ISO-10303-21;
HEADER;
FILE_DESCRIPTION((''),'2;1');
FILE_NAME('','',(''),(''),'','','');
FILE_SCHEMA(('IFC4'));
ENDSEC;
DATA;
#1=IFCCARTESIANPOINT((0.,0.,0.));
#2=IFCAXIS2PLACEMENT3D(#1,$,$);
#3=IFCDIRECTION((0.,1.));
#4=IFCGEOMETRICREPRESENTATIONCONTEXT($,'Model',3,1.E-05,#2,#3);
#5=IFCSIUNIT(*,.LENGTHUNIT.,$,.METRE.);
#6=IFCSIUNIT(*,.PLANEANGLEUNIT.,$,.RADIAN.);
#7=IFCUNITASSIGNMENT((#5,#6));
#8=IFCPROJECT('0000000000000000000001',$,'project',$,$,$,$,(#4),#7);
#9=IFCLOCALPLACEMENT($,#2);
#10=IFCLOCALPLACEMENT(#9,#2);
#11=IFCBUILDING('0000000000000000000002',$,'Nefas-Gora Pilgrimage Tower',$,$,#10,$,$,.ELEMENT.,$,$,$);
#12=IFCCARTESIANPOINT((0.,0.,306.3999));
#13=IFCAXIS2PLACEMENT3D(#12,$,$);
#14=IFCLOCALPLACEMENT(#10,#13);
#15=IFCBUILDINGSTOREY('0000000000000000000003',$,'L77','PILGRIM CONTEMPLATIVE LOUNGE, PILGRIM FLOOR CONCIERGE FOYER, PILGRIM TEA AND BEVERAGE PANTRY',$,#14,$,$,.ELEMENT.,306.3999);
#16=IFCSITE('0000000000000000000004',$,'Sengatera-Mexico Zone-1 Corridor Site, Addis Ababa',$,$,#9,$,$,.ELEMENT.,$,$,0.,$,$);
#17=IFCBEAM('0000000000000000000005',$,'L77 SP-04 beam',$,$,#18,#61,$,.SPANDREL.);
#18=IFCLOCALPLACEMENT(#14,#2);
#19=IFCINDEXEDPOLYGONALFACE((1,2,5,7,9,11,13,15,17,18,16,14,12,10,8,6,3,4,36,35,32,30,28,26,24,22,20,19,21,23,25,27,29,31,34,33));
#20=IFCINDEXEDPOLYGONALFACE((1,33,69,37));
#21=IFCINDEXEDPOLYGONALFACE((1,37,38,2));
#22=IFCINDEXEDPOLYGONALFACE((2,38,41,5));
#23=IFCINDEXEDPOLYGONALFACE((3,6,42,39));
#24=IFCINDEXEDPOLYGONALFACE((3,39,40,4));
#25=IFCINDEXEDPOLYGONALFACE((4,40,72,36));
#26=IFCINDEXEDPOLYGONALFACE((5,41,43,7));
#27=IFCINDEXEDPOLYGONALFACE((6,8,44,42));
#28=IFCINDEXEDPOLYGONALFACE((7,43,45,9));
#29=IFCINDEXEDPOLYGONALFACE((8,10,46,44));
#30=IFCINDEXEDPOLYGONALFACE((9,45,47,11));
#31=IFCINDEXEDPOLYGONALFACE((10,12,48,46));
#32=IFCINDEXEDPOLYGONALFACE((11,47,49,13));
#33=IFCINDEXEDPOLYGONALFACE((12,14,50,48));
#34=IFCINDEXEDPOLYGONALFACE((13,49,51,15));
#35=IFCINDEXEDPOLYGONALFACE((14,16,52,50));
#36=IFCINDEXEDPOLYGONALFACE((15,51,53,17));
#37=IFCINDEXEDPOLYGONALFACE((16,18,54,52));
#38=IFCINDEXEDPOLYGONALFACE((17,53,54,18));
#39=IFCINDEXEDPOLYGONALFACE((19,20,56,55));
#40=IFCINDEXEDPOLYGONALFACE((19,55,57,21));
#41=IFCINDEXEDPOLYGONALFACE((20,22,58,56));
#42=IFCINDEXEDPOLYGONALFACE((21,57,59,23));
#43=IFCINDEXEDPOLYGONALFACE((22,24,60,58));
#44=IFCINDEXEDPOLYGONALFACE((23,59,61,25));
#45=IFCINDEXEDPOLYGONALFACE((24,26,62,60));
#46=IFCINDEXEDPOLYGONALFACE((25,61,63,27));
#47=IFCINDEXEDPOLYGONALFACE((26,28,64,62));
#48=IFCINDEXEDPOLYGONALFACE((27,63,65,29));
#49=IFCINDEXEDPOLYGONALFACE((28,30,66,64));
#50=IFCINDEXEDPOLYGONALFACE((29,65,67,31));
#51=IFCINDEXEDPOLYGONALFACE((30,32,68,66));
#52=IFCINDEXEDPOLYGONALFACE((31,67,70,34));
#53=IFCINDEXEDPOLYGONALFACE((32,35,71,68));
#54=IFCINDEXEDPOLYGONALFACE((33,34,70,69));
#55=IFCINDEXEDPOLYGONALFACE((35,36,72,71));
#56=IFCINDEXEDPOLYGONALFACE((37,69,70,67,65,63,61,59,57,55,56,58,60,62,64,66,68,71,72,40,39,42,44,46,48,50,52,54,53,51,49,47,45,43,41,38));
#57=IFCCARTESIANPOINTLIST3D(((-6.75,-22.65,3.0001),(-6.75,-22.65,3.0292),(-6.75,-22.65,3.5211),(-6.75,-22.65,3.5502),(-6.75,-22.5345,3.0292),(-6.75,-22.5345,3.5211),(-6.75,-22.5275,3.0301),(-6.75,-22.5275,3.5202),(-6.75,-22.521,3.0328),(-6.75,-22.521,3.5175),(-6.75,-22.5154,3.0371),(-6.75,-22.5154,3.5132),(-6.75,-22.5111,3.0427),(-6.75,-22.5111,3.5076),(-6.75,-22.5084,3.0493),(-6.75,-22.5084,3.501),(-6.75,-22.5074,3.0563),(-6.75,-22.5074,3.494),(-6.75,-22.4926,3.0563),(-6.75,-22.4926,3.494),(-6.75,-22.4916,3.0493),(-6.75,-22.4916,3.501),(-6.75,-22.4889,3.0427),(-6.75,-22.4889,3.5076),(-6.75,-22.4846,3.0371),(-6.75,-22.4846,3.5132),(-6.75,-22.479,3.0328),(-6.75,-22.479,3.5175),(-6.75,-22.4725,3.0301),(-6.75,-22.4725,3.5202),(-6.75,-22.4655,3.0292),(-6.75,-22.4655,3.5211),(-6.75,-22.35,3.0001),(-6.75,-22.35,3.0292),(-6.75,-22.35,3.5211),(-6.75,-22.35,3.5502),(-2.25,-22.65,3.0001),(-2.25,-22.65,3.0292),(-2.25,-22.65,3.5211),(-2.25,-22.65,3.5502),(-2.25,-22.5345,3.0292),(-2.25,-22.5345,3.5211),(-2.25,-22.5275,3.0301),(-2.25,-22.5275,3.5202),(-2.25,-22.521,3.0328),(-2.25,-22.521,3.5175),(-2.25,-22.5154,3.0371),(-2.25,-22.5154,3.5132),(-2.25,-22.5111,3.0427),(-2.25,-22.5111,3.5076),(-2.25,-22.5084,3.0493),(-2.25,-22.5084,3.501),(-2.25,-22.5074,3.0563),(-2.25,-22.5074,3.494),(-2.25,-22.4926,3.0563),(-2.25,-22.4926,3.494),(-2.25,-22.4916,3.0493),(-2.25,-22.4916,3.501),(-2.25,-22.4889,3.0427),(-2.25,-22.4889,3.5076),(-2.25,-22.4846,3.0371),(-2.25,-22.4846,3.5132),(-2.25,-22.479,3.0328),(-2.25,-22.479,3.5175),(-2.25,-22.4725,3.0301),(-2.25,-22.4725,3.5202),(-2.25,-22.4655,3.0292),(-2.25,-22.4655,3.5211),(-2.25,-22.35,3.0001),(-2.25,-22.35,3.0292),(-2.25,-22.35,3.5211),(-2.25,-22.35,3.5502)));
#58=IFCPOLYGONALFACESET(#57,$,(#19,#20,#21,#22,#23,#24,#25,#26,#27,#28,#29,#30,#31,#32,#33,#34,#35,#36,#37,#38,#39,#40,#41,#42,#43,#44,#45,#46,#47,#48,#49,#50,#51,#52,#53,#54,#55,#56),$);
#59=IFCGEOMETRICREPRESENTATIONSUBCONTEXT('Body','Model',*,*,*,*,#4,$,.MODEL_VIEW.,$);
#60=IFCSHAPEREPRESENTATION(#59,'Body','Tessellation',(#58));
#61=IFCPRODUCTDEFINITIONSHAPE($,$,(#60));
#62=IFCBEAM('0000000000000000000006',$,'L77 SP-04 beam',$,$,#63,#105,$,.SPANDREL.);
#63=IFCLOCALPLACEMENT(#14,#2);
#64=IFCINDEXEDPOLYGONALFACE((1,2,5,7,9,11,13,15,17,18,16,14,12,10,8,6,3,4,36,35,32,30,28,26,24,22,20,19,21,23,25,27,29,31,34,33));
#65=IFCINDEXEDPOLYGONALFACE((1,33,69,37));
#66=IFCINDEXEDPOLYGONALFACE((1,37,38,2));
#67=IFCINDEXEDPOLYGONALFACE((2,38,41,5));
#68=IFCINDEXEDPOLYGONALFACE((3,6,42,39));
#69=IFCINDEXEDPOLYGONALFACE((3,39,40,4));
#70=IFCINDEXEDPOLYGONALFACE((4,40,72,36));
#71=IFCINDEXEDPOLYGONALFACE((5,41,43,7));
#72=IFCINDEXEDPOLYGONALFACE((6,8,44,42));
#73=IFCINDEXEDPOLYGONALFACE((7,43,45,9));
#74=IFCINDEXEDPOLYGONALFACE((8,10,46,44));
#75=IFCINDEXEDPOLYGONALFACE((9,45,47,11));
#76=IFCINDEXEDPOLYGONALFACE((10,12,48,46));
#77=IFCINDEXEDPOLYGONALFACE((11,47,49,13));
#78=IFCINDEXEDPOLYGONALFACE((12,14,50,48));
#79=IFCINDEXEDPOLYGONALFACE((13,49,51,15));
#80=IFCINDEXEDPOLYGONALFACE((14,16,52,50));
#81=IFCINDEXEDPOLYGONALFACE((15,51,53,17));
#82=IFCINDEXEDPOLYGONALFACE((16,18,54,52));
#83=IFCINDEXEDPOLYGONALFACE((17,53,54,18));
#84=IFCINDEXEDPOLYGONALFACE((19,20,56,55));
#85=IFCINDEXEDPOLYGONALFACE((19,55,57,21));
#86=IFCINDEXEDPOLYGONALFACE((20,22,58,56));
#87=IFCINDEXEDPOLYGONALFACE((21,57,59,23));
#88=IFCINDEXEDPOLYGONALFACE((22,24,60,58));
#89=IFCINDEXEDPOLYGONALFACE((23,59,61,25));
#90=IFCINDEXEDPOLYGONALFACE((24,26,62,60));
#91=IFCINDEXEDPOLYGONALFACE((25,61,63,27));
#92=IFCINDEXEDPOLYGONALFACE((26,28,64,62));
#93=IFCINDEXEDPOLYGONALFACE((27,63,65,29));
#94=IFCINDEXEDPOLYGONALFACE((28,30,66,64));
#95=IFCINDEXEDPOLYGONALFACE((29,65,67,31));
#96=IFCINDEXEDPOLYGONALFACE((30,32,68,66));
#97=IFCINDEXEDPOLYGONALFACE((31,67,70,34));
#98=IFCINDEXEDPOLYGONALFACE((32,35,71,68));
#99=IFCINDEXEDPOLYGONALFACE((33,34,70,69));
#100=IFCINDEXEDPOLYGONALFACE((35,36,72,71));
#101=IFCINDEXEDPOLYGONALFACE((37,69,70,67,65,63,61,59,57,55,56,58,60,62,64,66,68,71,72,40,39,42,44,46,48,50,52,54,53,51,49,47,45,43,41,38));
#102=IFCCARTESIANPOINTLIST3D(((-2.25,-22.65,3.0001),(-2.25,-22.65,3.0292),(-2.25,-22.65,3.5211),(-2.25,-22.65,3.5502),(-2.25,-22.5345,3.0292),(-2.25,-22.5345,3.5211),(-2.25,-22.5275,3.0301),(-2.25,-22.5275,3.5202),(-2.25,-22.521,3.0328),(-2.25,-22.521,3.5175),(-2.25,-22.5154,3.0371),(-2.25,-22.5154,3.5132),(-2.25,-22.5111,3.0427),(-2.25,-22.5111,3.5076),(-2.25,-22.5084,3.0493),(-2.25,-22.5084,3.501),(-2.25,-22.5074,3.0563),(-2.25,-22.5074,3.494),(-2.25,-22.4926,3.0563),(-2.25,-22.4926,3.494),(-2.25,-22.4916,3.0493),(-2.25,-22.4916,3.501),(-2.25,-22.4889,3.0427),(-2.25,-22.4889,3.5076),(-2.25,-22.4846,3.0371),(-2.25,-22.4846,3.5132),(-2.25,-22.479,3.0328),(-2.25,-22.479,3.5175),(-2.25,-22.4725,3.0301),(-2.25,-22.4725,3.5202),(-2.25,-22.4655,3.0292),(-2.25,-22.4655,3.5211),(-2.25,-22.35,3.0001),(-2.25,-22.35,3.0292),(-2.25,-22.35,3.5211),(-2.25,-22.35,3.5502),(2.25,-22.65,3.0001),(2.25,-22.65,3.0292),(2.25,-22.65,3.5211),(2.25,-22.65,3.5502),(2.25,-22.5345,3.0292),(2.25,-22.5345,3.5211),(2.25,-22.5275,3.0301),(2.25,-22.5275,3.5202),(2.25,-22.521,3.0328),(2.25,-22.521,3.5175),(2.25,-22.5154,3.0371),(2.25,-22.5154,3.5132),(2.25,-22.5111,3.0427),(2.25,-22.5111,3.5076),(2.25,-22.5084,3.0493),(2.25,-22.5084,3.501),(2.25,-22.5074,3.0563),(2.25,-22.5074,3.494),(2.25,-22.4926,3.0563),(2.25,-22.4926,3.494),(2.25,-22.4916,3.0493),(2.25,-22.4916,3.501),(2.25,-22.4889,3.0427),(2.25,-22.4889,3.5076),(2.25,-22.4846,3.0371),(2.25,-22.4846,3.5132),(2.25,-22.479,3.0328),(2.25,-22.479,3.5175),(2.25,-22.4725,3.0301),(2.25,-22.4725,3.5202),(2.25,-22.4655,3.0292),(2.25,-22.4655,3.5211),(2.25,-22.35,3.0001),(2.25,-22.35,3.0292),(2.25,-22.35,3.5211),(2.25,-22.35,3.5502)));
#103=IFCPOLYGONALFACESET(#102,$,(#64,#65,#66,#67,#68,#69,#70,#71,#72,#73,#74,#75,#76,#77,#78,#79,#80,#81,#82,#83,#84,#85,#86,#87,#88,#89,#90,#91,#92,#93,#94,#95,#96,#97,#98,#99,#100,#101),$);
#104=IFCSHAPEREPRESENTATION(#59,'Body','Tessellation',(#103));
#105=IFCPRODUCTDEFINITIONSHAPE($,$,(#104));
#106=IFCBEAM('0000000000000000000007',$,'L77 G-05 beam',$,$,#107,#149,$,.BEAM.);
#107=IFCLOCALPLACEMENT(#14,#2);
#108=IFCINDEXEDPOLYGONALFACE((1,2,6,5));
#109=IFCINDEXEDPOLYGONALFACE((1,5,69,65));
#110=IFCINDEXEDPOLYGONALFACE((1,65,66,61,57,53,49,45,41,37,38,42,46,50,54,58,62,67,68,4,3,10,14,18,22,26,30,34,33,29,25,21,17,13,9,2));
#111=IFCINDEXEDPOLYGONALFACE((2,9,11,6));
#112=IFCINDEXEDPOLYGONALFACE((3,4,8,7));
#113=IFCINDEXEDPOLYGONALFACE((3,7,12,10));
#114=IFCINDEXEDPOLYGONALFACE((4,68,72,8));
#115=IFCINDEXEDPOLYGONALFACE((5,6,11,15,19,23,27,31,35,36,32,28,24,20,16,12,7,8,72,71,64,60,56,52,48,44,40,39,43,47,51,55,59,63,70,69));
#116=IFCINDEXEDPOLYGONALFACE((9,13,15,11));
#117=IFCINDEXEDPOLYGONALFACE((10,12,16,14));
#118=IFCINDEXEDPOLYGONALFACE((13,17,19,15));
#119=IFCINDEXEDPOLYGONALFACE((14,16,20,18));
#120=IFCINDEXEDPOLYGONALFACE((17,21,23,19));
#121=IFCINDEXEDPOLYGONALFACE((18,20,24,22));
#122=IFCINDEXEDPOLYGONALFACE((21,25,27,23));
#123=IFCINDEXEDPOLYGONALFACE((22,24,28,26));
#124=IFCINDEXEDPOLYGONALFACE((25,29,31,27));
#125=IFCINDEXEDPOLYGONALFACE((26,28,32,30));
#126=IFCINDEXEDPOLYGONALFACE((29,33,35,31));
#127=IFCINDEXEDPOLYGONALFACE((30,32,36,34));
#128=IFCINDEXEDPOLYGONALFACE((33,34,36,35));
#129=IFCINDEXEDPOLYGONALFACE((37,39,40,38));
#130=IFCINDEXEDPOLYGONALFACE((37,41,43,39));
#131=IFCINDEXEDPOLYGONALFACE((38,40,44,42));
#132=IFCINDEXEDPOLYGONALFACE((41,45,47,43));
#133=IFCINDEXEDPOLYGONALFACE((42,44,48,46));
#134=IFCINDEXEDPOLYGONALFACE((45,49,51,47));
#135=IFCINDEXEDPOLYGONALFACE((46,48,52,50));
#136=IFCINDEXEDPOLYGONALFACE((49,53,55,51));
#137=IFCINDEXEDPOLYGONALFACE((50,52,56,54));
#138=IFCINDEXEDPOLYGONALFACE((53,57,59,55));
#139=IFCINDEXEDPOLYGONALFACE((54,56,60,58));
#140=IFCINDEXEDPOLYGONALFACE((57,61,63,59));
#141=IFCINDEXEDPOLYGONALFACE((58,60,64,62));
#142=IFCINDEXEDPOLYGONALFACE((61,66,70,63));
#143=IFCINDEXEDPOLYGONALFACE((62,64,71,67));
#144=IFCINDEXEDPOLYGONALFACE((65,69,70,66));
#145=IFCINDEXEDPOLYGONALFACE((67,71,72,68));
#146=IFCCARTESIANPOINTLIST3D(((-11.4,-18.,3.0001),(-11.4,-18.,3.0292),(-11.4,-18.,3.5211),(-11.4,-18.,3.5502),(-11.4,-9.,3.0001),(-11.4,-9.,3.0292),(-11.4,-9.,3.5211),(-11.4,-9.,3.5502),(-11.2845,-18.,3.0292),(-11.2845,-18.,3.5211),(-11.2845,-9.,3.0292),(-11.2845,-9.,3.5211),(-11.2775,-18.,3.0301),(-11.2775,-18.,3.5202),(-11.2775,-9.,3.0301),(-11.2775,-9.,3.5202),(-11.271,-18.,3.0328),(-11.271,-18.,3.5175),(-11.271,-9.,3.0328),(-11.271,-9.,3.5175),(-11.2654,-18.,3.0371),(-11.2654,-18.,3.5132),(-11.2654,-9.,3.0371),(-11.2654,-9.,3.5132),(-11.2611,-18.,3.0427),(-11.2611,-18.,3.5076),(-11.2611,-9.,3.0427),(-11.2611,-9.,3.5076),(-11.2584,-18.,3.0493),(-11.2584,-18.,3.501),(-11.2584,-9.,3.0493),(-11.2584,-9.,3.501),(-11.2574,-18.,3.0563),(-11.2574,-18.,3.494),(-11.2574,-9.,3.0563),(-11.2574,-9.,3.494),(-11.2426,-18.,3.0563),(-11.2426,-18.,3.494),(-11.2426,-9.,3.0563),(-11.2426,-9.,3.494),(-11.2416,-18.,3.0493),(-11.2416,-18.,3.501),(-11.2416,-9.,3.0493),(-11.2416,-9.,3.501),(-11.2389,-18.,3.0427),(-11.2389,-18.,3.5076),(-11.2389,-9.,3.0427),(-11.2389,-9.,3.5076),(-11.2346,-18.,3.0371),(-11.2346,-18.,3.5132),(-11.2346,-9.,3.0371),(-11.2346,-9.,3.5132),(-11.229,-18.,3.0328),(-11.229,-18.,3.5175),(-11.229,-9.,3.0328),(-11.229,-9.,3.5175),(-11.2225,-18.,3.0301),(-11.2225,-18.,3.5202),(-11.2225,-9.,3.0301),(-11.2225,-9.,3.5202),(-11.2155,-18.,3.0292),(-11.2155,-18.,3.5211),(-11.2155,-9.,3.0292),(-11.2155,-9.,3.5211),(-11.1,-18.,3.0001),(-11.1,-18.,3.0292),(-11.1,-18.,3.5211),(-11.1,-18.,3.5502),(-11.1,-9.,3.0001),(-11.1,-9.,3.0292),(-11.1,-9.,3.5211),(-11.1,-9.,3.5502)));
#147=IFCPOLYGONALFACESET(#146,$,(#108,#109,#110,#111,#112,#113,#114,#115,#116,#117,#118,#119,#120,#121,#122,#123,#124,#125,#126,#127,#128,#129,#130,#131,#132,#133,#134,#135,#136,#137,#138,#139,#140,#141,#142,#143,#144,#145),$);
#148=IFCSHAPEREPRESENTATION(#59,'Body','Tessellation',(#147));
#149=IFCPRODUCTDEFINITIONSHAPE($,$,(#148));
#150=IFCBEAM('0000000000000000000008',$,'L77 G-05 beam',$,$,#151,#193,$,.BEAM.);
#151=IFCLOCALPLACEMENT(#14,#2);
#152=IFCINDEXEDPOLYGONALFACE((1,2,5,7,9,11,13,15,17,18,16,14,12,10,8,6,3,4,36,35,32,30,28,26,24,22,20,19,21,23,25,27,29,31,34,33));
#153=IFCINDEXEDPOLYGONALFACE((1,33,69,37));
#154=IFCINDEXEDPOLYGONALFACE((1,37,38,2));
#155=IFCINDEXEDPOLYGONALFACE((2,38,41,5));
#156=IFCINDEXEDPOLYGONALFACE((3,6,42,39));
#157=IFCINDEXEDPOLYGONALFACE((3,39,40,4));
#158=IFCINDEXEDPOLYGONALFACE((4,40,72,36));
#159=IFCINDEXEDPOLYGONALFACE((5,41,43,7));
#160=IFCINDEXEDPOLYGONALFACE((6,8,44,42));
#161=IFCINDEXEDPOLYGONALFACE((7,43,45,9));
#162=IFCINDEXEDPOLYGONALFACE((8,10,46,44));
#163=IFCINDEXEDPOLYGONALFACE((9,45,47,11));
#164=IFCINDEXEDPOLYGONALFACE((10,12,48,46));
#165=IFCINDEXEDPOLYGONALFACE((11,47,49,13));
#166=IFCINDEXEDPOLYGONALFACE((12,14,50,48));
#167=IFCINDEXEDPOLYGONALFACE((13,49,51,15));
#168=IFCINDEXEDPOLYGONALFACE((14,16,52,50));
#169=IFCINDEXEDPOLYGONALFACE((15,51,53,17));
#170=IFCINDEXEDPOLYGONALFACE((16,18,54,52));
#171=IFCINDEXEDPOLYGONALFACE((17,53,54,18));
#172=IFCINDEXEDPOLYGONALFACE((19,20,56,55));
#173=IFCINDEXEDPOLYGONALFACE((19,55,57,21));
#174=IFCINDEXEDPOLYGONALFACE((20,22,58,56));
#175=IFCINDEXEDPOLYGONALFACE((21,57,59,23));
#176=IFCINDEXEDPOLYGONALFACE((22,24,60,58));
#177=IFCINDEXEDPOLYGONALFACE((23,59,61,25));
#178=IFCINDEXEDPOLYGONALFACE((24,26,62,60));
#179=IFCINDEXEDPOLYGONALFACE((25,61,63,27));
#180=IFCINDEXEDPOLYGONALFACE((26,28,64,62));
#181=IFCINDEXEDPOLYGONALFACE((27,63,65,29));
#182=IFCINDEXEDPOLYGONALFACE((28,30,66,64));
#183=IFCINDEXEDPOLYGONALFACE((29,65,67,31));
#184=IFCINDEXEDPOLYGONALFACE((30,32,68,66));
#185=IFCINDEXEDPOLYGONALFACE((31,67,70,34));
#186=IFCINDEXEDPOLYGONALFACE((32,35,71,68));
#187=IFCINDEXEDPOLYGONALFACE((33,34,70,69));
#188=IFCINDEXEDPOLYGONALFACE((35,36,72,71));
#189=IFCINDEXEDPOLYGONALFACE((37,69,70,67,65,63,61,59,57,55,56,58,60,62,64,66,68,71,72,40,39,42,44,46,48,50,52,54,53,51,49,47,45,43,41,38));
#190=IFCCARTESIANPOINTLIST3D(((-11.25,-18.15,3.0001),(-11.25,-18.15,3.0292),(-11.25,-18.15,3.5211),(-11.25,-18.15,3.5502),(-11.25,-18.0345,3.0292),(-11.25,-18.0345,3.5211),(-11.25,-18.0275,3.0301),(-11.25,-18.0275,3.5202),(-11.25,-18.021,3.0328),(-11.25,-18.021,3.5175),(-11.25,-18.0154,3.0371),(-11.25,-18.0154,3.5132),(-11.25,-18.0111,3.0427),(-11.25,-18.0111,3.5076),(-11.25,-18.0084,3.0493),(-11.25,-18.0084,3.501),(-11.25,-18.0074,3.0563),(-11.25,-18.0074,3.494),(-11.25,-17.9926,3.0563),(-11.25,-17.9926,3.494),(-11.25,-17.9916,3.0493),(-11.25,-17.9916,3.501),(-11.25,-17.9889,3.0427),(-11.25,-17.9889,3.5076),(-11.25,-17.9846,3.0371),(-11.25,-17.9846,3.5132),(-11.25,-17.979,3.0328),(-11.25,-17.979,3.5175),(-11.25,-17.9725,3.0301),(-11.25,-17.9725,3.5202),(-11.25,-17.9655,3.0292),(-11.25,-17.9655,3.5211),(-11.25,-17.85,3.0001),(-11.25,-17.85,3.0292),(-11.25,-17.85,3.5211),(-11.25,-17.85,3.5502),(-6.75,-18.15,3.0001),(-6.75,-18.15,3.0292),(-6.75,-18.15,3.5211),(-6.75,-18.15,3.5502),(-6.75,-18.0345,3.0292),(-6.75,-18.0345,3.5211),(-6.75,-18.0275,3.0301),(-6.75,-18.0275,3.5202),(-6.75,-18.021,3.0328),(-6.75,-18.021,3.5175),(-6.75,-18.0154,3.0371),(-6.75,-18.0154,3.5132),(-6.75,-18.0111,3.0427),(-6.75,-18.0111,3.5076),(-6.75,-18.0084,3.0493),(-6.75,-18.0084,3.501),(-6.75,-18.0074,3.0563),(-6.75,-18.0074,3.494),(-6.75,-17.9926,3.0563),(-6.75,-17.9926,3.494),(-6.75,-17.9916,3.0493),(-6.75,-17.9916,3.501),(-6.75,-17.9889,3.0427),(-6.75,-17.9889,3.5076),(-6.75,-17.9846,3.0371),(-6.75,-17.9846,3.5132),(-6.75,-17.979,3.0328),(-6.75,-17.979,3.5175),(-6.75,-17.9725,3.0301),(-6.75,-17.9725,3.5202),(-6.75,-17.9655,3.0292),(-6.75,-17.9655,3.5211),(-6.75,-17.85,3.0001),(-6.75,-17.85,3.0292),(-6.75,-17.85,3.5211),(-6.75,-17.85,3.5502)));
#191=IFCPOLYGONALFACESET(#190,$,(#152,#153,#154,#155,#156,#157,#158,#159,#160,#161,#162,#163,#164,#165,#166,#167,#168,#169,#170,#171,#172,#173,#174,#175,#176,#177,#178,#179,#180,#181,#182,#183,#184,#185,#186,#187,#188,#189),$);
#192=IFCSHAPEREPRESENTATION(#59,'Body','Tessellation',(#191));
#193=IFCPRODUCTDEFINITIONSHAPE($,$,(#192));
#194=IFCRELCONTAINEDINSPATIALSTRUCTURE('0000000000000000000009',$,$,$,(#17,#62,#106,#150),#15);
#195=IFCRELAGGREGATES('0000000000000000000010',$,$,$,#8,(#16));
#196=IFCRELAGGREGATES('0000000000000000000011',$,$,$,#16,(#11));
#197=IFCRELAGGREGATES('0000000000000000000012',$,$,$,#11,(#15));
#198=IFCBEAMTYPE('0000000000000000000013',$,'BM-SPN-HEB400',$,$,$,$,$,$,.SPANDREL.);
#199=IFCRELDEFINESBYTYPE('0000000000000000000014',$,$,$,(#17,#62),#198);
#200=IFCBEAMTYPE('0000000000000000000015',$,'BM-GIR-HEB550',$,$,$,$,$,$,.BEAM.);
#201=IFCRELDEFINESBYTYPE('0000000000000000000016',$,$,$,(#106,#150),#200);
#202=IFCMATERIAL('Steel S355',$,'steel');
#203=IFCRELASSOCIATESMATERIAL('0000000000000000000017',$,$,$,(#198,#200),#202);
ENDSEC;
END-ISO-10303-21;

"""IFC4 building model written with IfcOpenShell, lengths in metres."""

from ifc_helpers import new_model, si_unit, direction, frame, origin, origin_2d, place, context, subcontext, project, spatial, i_section, extrude, source, transform, mapped, material, material_profile, profile_set, type_object, element, save


model = new_model("IFC4")

# Units and contexts
model_context = context("Model", 3, precision=1e-05, world=origin(), true_north=direction((0.0, 1.0)))
body_context = subcontext(model_context, "Body", "Model", "MODEL_VIEW")
ifc_project = project(units=[si_unit("LENGTHUNIT", "METRE"), si_unit("PLANEANGLEUNIT", "RADIAN")], contexts=[model_context])

# Site, building, storey
site_placement = place(None, origin())
site = spatial("IfcSite", under=ifc_project, at=site_placement, Name="Sengatera-Mexico Zone-1 Corridor Site, Addis Ababa", CompositionType="ELEMENT", RefElevation=0.0)
building_placement = place(site_placement, origin())
building = spatial("IfcBuilding", under=site, at=building_placement, Name="Nefas-Gora Pilgrimage Tower", CompositionType="ELEMENT")
storey_placement = place(building_placement, frame((0.0, 0.0, 306.3999)))
storey = spatial("IfcBuildingStorey", under=building, at=storey_placement, Name="L77", Description="PILGRIM CONTEMPLATIVE LOUNGE, PILGRIM FLOOR CONCIERGE FOYER, PILGRIM TEA AND BEVERAGE PANTRY", CompositionType="ELEMENT", Elevation=306.3999)

# Shared definitions
ifc_material_1 = material(Name="Steel S355", Category="steel")

# Beams
ifc_material_profile_1 = material_profile(ifc_material_1, i_section(OverallWidth=0.3, OverallDepth=0.55, WebThickness=0.0149, FlangeThickness=0.0291, FilletRadius=0.0271, at=origin_2d()), Name="HEB 550")
ifc_profile_set_1 = profile_set([ifc_material_profile_1], Name="Steel S355")
beam_type_1 = type_object("IfcBeamType", Name="BM-SPN-HEB400", PredefinedType="SPANDREL", material=ifc_profile_set_1)
shared_shape_1 = source(origin(), body_context, "Body", "SweptSolid", [
    extrude(i_section(OverallWidth=0.3, OverallDepth=0.55, WebThickness=0.0149, FlangeThickness=0.0291, FilletRadius=0.0271, at=origin_2d()), origin(), (0.0, 0.0, 1.0), 4.5),
])
for number, where, z_axis, x_axis, name in (
    (1, (-6.75, -22.5, 3.2751), (1.0, 0.0, 0.0), (0.0, 1.0, 0.0), "L77 SP-04 beam"),
    (2, (-2.25, -22.5, 3.2751), (1.0, 0.0, 0.0), (0.0, 1.0, 0.0), "L77 SP-04 beam"),
):
    element("IfcBeam", number, at=place(storey_placement, frame(where, z_axis=z_axis, x_axis=x_axis)), inside=storey, type_object=beam_type_1, Name=name, PredefinedType="SPANDREL", context=body_context, shape_type="MappedRepresentation", body=[
        mapped(shared_shape_1, transform((0.0, 0.0, 0.0), x_axis=(1.0, 0.0, 0.0), y_axis=(0.0, 1.0, 0.0), z_axis=(0.0, 0.0, 1.0), scale=1.0)),
    ])
ifc_material_profile_2 = material_profile(ifc_material_1, i_section(OverallWidth=0.3, OverallDepth=0.55, WebThickness=0.0149, FlangeThickness=0.0291, FilletRadius=0.0271, at=origin_2d()), Name="HEB 550")
ifc_profile_set_2 = profile_set([ifc_material_profile_2], Name="Steel S355")
beam_type_2 = type_object("IfcBeamType", Name="BM-GIR-HEB550", PredefinedType="BEAM", material=ifc_profile_set_2)
shared_shape_2 = source(origin(), body_context, "Body", "SweptSolid", [
    extrude(i_section(OverallWidth=0.3, OverallDepth=0.55, WebThickness=0.0149, FlangeThickness=0.0291, FilletRadius=0.0271, at=origin_2d()), origin(), (0.0, 0.0, 1.0), 9.0),
])
beam_placement = place(storey_placement, frame((-11.25, -18.0, 3.2751), z_axis=(0.0, 1.0, 0.0), x_axis=(-1.0, 0.0, 0.0)))
element("IfcBeam", 3, at=beam_placement, inside=storey, type_object=beam_type_2, Name="L77 G-05 beam", PredefinedType="BEAM", context=body_context, shape_type="MappedRepresentation", body=[
    mapped(shared_shape_2, transform((0.0, 0.0, 0.0), x_axis=(1.0, 0.0, 0.0), y_axis=(0.0, 1.0, 0.0), z_axis=(0.0, 0.0, 1.0), scale=1.0)),
])
shared_shape_3 = source(origin(), body_context, "Body", "SweptSolid", [
    extrude(i_section(OverallWidth=0.3, OverallDepth=0.55, WebThickness=0.0149, FlangeThickness=0.0291, FilletRadius=0.0271, at=origin_2d()), origin(), (0.0, 0.0, 1.0), 4.5),
])
for number, where, z_axis, x_axis, name in (
    (4, (-11.25, -18.0, 3.2751), (1.0, 0.0, 0.0), (0.0, 1.0, 0.0), "L77 G-05 beam"),
):
    element("IfcBeam", number, at=place(storey_placement, frame(where, z_axis=z_axis, x_axis=x_axis)), inside=storey, type_object=beam_type_2, Name=name, PredefinedType="BEAM", context=body_context, shape_type="MappedRepresentation", body=[
        mapped(shared_shape_3, transform((0.0, 0.0, 0.0), x_axis=(1.0, 0.0, 0.0), y_axis=(0.0, 1.0, 0.0), z_axis=(0.0, 0.0, 1.0), scale=1.0)),
    ])

save(model, "model.ifc")
